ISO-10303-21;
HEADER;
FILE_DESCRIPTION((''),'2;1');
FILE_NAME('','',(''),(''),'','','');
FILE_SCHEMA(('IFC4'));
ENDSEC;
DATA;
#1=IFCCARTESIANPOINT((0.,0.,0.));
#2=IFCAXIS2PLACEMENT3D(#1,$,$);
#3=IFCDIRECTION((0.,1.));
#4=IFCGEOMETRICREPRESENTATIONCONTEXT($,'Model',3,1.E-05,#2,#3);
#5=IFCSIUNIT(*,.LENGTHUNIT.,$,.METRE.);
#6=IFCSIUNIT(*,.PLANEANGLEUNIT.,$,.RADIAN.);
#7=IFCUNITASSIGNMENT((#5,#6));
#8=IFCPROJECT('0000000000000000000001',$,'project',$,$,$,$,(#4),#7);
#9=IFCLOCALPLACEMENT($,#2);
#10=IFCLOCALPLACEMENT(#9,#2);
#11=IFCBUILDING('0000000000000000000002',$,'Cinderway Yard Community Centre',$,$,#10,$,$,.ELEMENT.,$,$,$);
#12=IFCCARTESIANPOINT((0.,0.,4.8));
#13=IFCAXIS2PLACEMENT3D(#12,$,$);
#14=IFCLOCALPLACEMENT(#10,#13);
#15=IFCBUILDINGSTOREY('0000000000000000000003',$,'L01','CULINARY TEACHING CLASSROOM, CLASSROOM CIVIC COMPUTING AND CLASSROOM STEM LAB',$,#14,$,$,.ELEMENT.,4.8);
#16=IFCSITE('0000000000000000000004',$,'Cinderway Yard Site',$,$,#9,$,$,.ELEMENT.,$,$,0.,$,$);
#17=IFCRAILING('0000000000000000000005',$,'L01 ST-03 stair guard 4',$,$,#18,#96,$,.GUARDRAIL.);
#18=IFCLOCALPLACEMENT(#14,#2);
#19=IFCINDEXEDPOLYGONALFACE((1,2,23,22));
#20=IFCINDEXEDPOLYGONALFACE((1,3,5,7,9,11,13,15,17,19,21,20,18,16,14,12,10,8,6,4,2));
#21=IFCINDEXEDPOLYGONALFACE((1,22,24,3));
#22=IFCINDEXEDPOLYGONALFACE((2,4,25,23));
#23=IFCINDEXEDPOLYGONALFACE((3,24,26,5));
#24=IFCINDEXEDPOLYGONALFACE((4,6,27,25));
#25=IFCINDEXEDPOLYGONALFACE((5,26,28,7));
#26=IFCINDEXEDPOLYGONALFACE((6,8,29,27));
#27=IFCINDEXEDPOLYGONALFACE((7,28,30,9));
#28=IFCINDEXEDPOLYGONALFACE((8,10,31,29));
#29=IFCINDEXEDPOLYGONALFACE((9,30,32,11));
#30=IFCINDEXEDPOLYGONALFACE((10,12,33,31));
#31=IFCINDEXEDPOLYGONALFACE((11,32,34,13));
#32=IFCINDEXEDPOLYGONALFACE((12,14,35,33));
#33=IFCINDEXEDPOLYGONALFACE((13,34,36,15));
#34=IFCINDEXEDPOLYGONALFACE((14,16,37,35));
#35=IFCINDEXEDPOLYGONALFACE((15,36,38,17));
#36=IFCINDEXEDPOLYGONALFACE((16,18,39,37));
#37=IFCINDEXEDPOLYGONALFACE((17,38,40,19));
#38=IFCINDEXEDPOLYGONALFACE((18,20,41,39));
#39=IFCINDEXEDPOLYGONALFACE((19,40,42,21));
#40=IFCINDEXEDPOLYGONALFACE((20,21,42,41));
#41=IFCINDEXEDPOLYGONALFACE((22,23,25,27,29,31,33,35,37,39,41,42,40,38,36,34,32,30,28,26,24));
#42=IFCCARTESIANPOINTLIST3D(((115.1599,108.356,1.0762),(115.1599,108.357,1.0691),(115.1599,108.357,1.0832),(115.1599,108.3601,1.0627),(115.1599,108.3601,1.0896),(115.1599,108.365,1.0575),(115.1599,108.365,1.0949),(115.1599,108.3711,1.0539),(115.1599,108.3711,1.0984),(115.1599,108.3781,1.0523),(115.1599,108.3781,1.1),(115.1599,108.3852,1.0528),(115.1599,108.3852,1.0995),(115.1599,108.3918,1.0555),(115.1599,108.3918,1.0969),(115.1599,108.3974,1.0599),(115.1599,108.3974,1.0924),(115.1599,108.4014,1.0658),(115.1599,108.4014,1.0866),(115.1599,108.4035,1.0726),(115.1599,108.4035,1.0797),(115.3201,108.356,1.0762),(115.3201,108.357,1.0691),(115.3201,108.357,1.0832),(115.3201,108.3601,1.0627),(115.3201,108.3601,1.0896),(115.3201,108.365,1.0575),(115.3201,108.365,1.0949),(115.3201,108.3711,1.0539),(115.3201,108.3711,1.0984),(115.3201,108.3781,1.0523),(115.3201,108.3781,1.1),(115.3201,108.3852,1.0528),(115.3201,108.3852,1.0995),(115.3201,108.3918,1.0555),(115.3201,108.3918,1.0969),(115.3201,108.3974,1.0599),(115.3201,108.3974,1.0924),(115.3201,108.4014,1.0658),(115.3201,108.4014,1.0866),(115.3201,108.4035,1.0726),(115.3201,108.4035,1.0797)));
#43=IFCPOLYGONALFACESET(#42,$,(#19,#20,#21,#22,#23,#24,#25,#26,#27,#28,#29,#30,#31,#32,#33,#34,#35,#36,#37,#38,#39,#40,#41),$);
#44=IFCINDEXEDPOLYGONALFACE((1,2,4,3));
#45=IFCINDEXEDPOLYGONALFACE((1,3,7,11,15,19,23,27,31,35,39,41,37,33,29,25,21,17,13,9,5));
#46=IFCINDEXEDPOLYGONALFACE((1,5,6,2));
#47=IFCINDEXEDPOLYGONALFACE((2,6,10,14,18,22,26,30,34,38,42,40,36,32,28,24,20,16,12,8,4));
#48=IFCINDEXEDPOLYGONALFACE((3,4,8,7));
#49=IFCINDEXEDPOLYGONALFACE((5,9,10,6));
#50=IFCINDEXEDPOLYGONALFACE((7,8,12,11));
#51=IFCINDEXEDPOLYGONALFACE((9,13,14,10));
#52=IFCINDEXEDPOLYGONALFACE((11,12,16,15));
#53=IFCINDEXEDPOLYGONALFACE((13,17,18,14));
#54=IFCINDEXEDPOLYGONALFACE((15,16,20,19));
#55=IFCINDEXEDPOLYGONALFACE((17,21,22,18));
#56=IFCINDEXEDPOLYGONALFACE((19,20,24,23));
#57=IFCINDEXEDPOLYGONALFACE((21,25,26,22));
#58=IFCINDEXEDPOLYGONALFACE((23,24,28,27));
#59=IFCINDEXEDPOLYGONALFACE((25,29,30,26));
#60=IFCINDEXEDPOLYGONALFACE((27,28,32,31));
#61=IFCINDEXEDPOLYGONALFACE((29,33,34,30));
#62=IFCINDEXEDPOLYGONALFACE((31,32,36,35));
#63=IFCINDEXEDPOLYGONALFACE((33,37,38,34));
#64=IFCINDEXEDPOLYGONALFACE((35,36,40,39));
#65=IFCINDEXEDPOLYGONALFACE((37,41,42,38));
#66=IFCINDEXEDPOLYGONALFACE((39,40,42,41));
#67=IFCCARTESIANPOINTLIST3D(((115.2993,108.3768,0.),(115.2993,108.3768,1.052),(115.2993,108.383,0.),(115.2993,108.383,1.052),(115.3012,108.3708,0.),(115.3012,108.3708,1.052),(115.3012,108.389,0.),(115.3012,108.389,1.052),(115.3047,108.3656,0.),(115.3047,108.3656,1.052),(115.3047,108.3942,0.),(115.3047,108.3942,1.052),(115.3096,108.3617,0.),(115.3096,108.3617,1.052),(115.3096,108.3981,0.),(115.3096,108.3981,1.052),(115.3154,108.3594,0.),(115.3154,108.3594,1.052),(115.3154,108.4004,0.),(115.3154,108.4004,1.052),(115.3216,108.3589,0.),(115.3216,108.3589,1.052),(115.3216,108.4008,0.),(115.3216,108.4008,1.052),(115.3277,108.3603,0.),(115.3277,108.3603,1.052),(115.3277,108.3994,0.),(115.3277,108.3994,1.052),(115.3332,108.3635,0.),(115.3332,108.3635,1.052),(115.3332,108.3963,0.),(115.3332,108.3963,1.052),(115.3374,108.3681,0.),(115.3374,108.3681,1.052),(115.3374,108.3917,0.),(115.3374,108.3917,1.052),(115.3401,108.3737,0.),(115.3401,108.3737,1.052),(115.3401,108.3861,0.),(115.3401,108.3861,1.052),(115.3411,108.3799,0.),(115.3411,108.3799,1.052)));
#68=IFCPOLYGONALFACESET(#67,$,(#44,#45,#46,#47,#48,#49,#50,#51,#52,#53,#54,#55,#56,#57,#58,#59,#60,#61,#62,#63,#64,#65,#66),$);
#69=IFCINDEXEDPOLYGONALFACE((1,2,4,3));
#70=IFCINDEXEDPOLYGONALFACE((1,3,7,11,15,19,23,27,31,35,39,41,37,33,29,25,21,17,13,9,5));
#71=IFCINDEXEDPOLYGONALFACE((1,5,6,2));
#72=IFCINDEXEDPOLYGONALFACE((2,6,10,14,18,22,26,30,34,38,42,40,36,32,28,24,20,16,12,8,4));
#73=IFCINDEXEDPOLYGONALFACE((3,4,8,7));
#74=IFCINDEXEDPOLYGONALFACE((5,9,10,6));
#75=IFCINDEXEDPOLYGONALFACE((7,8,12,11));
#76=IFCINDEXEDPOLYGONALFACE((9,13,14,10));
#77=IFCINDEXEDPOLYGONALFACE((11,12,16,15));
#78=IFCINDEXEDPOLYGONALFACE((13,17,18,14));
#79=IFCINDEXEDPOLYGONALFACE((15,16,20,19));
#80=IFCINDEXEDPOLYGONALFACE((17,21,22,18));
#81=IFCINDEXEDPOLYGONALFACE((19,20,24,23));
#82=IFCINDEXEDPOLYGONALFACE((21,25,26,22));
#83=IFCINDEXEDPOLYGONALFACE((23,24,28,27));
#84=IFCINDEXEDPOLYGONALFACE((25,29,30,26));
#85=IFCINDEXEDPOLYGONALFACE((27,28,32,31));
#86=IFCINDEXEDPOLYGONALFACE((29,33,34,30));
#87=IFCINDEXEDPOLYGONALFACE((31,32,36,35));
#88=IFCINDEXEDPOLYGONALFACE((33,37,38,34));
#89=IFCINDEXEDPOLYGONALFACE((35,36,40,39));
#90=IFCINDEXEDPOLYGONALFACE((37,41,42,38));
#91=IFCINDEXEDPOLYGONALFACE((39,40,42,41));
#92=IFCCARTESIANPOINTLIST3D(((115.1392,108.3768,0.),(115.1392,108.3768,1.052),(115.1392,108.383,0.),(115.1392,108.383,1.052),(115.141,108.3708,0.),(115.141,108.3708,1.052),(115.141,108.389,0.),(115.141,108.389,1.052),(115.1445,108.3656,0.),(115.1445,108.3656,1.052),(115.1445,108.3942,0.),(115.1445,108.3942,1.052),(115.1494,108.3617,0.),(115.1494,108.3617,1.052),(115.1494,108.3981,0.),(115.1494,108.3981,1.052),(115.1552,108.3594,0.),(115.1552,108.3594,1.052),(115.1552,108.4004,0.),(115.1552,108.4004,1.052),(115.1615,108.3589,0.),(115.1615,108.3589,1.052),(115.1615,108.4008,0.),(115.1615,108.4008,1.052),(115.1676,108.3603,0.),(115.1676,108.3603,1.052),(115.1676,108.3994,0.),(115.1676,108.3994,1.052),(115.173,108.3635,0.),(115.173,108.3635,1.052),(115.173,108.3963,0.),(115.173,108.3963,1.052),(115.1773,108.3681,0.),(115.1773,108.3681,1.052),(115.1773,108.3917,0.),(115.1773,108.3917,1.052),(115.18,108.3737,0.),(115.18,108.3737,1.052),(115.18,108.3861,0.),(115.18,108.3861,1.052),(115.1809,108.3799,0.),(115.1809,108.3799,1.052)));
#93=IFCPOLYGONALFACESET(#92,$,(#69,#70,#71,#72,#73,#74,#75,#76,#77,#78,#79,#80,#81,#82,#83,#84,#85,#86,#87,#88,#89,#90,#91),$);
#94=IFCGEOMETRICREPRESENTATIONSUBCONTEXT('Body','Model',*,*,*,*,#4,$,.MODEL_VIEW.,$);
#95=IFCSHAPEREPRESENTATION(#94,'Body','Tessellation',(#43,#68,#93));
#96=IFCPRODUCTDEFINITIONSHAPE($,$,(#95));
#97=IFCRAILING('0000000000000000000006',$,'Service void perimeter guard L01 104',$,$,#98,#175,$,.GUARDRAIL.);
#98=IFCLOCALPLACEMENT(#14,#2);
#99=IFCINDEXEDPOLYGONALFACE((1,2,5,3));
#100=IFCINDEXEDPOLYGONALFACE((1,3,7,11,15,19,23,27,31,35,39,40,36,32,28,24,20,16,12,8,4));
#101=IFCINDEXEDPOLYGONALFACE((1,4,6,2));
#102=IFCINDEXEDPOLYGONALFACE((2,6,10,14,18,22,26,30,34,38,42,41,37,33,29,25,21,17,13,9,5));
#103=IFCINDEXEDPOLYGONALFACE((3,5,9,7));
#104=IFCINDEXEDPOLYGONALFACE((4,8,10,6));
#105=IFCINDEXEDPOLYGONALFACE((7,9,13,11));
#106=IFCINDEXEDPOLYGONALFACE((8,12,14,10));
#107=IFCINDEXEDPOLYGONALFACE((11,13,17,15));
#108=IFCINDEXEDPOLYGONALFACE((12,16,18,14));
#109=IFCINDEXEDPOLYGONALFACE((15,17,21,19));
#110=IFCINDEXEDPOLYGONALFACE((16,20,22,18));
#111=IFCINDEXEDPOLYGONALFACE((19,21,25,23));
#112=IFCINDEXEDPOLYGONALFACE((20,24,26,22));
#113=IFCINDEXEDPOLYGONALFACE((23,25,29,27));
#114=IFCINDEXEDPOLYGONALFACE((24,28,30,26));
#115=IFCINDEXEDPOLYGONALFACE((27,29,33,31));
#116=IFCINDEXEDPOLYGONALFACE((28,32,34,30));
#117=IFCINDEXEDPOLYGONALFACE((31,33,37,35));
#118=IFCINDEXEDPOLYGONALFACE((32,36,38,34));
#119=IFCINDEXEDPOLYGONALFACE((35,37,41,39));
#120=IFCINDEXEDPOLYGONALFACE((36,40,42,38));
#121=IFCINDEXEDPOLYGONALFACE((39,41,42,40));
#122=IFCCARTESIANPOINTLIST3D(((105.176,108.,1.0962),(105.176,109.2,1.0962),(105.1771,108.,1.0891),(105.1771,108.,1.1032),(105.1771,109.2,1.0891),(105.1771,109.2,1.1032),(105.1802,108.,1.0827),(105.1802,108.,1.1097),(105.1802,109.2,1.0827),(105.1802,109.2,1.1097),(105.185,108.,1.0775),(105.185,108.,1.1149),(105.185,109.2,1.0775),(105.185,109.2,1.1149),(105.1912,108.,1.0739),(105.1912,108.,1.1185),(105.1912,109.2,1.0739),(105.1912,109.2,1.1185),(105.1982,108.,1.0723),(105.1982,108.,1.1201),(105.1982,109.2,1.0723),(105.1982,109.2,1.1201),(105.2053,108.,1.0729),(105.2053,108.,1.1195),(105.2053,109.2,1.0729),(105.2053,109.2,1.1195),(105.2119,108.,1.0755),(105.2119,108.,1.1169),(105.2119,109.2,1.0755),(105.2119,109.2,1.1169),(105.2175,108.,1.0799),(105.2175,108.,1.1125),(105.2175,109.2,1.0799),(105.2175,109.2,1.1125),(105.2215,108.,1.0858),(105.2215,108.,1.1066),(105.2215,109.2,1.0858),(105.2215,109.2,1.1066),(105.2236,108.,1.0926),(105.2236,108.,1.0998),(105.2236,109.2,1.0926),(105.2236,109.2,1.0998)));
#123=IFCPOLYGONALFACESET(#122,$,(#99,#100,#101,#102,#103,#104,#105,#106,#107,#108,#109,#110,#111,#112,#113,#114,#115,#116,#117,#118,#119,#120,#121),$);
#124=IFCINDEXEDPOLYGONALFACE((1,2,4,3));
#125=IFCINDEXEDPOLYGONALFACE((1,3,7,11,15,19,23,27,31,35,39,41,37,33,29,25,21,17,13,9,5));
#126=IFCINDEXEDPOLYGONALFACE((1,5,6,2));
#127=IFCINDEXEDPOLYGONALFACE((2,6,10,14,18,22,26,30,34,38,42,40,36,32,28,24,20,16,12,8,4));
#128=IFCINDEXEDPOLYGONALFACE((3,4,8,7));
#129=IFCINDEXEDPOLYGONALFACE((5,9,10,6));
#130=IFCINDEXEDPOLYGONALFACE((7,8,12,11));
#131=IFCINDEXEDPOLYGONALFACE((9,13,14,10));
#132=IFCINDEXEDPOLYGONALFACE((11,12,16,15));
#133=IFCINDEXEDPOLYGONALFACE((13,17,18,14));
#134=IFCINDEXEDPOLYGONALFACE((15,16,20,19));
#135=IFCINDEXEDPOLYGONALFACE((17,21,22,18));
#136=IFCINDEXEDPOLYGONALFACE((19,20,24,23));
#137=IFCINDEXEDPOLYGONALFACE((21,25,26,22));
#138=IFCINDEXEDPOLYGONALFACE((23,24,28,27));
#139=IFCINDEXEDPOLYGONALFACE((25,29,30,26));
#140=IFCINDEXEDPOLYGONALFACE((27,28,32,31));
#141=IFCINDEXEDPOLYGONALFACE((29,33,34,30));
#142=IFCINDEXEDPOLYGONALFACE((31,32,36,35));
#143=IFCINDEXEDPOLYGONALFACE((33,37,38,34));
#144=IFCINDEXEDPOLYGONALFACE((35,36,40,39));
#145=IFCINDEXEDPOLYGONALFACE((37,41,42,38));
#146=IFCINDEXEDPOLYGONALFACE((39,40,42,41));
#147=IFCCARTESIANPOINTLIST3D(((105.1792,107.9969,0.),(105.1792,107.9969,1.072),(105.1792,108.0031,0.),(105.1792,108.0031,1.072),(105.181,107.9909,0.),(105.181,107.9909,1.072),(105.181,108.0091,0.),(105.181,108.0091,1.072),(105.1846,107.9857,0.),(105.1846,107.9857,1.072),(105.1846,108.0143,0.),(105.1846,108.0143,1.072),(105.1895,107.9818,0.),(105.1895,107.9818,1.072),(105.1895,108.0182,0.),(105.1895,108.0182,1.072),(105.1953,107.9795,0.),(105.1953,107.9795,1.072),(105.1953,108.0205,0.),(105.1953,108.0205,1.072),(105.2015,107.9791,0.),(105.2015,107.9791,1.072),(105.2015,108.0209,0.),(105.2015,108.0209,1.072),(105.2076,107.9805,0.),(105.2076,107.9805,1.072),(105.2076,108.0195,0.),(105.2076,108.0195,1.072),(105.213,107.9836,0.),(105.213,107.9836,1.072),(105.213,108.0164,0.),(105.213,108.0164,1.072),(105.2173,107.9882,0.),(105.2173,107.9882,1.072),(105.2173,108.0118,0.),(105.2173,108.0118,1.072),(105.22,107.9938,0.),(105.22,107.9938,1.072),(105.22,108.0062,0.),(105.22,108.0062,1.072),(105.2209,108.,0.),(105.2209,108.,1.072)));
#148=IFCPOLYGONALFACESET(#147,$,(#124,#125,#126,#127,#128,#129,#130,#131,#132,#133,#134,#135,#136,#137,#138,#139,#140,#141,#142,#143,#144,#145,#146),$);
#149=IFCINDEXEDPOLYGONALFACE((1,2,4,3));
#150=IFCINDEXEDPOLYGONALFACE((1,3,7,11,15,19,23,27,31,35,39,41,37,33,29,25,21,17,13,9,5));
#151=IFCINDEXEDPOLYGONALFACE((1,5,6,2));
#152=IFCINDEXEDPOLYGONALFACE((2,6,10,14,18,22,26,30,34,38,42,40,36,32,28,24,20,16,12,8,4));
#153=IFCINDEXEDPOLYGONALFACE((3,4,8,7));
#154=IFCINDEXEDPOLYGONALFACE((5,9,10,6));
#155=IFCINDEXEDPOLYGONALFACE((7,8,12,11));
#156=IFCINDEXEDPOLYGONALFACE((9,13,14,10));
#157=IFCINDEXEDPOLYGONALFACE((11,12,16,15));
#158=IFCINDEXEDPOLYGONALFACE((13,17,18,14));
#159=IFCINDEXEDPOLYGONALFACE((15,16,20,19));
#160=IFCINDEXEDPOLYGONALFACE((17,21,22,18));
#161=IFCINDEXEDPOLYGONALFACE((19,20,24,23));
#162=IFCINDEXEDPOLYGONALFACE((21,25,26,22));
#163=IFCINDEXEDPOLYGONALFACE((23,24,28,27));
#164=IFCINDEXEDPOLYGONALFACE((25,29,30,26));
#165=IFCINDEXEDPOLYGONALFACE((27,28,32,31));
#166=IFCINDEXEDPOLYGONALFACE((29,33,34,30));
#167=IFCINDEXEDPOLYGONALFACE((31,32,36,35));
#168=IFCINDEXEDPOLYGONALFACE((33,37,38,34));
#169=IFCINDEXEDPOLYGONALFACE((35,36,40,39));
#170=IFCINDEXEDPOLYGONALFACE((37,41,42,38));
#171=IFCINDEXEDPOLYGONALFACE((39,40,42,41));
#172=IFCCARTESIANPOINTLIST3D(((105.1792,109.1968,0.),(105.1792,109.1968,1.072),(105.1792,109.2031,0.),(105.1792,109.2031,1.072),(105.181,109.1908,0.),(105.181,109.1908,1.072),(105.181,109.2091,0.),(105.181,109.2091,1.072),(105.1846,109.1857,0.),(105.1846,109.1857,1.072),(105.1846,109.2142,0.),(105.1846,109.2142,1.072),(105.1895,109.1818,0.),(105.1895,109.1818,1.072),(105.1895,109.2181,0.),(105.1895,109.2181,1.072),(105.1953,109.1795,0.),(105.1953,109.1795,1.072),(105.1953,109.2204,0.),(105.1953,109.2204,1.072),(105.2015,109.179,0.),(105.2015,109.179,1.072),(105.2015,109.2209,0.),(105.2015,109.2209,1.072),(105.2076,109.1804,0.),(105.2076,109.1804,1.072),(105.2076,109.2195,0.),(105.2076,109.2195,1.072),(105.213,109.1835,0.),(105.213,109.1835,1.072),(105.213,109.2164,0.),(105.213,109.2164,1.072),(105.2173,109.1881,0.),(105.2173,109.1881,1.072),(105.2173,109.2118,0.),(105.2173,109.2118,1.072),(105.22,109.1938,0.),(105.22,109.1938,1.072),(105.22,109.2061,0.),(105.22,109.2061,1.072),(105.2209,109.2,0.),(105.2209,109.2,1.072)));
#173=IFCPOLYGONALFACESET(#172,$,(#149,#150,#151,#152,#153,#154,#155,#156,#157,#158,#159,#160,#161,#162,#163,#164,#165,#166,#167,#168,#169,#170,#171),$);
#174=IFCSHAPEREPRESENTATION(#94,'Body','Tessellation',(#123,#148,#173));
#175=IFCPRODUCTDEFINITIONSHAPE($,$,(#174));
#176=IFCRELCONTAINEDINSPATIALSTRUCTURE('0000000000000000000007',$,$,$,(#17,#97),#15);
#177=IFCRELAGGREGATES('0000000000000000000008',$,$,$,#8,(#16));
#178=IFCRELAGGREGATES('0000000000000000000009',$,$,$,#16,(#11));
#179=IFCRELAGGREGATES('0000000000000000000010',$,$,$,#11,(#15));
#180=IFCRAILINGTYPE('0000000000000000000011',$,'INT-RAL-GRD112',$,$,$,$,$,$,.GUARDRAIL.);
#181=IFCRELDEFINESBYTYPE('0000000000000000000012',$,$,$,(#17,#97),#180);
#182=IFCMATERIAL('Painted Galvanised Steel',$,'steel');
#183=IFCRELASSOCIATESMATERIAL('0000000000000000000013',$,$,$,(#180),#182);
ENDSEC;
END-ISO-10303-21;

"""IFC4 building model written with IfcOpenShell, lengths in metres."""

from ifc_helpers import new_model, si_unit, direction, frame, origin, origin_2d, place, context, subcontext, project, spatial, circle, extrude, material, type_object, element, save


model = new_model("IFC4")

# Units and contexts
model_context = context("Model", 3, precision=1e-05, world=origin(), true_north=direction((0.0, 1.0)))
body_context = subcontext(model_context, "Body", "Model", "MODEL_VIEW")
ifc_project = project(units=[si_unit("LENGTHUNIT", "METRE"), si_unit("PLANEANGLEUNIT", "RADIAN")], contexts=[model_context])

# Site, building, storey
site_placement = place(None, origin())
site = spatial("IfcSite", under=ifc_project, at=site_placement, Name="Cinderway Yard Site", CompositionType="ELEMENT", RefElevation=0.0)
building_placement = place(site_placement, origin())
building = spatial("IfcBuilding", under=site, at=building_placement, Name="Cinderway Yard Community Centre", CompositionType="ELEMENT")
storey_placement = place(building_placement, frame((0.0, 0.0, 4.8)))
storey = spatial("IfcBuildingStorey", under=building, at=storey_placement, Name="L01", Description="CULINARY TEACHING CLASSROOM, CLASSROOM CIVIC COMPUTING AND CLASSROOM STEM LAB", CompositionType="ELEMENT", Elevation=4.8)

# Shared definitions
ifc_material_1 = material(Name="Painted Galvanised Steel", Category="steel")

# Railings
railing_type = type_object("IfcRailingType", Name="INT-RAL-GRD112", PredefinedType="GUARDRAIL", material=ifc_material_1)
railing_1_placement = place(storey_placement, frame((115.3201, 108.3799, 0.0)))
element("IfcRailing", 1, at=railing_1_placement, inside=storey, type_object=railing_type, Name="L01 ST-03 stair guard 4", PredefinedType="GUARDRAIL", context=body_context, shape_type="SweptSolid", body=[
    extrude(circle(Radius=0.0239, at=origin_2d()), frame((0.0, 0.0, 1.0762), z_axis=(-1.0, 0.0, 0.0), x_axis=(0.0, -1.0, 0.0)), (0.0, 0.0, 1.0), 0.1602),
    extrude(circle(Radius=0.021, at=origin_2d()), origin(), (0.0, 0.0, 1.0), 1.052),
    extrude(circle(Radius=0.021, at=origin_2d()), frame((-0.1602, 0.0, 0.0)), (0.0, 0.0, 1.0), 1.052),
])
railing_2_placement = place(storey_placement, frame((105.2, 108.0, 0.0)))
element("IfcRailing", 2, at=railing_2_placement, inside=storey, type_object=railing_type, Name="Service void perimeter guard L01 104", PredefinedType="GUARDRAIL", context=body_context, shape_type="SweptSolid", body=[
    extrude(circle(Radius=0.0239, at=origin_2d()), frame((0.0, 0.0, 1.0962), z_axis=(0.0, 1.0, 0.0), x_axis=(-1.0, 0.0, 0.0)), (0.0, 0.0, 1.0), 1.2),
    extrude(circle(Radius=0.021, at=origin_2d()), origin(), (0.0, 0.0, 1.0), 1.072),
    extrude(circle(Radius=0.021, at=origin_2d()), frame((0.0, 1.2, 0.0)), (0.0, 0.0, 1.0), 1.072),
])

save(model, "model.ifc")
